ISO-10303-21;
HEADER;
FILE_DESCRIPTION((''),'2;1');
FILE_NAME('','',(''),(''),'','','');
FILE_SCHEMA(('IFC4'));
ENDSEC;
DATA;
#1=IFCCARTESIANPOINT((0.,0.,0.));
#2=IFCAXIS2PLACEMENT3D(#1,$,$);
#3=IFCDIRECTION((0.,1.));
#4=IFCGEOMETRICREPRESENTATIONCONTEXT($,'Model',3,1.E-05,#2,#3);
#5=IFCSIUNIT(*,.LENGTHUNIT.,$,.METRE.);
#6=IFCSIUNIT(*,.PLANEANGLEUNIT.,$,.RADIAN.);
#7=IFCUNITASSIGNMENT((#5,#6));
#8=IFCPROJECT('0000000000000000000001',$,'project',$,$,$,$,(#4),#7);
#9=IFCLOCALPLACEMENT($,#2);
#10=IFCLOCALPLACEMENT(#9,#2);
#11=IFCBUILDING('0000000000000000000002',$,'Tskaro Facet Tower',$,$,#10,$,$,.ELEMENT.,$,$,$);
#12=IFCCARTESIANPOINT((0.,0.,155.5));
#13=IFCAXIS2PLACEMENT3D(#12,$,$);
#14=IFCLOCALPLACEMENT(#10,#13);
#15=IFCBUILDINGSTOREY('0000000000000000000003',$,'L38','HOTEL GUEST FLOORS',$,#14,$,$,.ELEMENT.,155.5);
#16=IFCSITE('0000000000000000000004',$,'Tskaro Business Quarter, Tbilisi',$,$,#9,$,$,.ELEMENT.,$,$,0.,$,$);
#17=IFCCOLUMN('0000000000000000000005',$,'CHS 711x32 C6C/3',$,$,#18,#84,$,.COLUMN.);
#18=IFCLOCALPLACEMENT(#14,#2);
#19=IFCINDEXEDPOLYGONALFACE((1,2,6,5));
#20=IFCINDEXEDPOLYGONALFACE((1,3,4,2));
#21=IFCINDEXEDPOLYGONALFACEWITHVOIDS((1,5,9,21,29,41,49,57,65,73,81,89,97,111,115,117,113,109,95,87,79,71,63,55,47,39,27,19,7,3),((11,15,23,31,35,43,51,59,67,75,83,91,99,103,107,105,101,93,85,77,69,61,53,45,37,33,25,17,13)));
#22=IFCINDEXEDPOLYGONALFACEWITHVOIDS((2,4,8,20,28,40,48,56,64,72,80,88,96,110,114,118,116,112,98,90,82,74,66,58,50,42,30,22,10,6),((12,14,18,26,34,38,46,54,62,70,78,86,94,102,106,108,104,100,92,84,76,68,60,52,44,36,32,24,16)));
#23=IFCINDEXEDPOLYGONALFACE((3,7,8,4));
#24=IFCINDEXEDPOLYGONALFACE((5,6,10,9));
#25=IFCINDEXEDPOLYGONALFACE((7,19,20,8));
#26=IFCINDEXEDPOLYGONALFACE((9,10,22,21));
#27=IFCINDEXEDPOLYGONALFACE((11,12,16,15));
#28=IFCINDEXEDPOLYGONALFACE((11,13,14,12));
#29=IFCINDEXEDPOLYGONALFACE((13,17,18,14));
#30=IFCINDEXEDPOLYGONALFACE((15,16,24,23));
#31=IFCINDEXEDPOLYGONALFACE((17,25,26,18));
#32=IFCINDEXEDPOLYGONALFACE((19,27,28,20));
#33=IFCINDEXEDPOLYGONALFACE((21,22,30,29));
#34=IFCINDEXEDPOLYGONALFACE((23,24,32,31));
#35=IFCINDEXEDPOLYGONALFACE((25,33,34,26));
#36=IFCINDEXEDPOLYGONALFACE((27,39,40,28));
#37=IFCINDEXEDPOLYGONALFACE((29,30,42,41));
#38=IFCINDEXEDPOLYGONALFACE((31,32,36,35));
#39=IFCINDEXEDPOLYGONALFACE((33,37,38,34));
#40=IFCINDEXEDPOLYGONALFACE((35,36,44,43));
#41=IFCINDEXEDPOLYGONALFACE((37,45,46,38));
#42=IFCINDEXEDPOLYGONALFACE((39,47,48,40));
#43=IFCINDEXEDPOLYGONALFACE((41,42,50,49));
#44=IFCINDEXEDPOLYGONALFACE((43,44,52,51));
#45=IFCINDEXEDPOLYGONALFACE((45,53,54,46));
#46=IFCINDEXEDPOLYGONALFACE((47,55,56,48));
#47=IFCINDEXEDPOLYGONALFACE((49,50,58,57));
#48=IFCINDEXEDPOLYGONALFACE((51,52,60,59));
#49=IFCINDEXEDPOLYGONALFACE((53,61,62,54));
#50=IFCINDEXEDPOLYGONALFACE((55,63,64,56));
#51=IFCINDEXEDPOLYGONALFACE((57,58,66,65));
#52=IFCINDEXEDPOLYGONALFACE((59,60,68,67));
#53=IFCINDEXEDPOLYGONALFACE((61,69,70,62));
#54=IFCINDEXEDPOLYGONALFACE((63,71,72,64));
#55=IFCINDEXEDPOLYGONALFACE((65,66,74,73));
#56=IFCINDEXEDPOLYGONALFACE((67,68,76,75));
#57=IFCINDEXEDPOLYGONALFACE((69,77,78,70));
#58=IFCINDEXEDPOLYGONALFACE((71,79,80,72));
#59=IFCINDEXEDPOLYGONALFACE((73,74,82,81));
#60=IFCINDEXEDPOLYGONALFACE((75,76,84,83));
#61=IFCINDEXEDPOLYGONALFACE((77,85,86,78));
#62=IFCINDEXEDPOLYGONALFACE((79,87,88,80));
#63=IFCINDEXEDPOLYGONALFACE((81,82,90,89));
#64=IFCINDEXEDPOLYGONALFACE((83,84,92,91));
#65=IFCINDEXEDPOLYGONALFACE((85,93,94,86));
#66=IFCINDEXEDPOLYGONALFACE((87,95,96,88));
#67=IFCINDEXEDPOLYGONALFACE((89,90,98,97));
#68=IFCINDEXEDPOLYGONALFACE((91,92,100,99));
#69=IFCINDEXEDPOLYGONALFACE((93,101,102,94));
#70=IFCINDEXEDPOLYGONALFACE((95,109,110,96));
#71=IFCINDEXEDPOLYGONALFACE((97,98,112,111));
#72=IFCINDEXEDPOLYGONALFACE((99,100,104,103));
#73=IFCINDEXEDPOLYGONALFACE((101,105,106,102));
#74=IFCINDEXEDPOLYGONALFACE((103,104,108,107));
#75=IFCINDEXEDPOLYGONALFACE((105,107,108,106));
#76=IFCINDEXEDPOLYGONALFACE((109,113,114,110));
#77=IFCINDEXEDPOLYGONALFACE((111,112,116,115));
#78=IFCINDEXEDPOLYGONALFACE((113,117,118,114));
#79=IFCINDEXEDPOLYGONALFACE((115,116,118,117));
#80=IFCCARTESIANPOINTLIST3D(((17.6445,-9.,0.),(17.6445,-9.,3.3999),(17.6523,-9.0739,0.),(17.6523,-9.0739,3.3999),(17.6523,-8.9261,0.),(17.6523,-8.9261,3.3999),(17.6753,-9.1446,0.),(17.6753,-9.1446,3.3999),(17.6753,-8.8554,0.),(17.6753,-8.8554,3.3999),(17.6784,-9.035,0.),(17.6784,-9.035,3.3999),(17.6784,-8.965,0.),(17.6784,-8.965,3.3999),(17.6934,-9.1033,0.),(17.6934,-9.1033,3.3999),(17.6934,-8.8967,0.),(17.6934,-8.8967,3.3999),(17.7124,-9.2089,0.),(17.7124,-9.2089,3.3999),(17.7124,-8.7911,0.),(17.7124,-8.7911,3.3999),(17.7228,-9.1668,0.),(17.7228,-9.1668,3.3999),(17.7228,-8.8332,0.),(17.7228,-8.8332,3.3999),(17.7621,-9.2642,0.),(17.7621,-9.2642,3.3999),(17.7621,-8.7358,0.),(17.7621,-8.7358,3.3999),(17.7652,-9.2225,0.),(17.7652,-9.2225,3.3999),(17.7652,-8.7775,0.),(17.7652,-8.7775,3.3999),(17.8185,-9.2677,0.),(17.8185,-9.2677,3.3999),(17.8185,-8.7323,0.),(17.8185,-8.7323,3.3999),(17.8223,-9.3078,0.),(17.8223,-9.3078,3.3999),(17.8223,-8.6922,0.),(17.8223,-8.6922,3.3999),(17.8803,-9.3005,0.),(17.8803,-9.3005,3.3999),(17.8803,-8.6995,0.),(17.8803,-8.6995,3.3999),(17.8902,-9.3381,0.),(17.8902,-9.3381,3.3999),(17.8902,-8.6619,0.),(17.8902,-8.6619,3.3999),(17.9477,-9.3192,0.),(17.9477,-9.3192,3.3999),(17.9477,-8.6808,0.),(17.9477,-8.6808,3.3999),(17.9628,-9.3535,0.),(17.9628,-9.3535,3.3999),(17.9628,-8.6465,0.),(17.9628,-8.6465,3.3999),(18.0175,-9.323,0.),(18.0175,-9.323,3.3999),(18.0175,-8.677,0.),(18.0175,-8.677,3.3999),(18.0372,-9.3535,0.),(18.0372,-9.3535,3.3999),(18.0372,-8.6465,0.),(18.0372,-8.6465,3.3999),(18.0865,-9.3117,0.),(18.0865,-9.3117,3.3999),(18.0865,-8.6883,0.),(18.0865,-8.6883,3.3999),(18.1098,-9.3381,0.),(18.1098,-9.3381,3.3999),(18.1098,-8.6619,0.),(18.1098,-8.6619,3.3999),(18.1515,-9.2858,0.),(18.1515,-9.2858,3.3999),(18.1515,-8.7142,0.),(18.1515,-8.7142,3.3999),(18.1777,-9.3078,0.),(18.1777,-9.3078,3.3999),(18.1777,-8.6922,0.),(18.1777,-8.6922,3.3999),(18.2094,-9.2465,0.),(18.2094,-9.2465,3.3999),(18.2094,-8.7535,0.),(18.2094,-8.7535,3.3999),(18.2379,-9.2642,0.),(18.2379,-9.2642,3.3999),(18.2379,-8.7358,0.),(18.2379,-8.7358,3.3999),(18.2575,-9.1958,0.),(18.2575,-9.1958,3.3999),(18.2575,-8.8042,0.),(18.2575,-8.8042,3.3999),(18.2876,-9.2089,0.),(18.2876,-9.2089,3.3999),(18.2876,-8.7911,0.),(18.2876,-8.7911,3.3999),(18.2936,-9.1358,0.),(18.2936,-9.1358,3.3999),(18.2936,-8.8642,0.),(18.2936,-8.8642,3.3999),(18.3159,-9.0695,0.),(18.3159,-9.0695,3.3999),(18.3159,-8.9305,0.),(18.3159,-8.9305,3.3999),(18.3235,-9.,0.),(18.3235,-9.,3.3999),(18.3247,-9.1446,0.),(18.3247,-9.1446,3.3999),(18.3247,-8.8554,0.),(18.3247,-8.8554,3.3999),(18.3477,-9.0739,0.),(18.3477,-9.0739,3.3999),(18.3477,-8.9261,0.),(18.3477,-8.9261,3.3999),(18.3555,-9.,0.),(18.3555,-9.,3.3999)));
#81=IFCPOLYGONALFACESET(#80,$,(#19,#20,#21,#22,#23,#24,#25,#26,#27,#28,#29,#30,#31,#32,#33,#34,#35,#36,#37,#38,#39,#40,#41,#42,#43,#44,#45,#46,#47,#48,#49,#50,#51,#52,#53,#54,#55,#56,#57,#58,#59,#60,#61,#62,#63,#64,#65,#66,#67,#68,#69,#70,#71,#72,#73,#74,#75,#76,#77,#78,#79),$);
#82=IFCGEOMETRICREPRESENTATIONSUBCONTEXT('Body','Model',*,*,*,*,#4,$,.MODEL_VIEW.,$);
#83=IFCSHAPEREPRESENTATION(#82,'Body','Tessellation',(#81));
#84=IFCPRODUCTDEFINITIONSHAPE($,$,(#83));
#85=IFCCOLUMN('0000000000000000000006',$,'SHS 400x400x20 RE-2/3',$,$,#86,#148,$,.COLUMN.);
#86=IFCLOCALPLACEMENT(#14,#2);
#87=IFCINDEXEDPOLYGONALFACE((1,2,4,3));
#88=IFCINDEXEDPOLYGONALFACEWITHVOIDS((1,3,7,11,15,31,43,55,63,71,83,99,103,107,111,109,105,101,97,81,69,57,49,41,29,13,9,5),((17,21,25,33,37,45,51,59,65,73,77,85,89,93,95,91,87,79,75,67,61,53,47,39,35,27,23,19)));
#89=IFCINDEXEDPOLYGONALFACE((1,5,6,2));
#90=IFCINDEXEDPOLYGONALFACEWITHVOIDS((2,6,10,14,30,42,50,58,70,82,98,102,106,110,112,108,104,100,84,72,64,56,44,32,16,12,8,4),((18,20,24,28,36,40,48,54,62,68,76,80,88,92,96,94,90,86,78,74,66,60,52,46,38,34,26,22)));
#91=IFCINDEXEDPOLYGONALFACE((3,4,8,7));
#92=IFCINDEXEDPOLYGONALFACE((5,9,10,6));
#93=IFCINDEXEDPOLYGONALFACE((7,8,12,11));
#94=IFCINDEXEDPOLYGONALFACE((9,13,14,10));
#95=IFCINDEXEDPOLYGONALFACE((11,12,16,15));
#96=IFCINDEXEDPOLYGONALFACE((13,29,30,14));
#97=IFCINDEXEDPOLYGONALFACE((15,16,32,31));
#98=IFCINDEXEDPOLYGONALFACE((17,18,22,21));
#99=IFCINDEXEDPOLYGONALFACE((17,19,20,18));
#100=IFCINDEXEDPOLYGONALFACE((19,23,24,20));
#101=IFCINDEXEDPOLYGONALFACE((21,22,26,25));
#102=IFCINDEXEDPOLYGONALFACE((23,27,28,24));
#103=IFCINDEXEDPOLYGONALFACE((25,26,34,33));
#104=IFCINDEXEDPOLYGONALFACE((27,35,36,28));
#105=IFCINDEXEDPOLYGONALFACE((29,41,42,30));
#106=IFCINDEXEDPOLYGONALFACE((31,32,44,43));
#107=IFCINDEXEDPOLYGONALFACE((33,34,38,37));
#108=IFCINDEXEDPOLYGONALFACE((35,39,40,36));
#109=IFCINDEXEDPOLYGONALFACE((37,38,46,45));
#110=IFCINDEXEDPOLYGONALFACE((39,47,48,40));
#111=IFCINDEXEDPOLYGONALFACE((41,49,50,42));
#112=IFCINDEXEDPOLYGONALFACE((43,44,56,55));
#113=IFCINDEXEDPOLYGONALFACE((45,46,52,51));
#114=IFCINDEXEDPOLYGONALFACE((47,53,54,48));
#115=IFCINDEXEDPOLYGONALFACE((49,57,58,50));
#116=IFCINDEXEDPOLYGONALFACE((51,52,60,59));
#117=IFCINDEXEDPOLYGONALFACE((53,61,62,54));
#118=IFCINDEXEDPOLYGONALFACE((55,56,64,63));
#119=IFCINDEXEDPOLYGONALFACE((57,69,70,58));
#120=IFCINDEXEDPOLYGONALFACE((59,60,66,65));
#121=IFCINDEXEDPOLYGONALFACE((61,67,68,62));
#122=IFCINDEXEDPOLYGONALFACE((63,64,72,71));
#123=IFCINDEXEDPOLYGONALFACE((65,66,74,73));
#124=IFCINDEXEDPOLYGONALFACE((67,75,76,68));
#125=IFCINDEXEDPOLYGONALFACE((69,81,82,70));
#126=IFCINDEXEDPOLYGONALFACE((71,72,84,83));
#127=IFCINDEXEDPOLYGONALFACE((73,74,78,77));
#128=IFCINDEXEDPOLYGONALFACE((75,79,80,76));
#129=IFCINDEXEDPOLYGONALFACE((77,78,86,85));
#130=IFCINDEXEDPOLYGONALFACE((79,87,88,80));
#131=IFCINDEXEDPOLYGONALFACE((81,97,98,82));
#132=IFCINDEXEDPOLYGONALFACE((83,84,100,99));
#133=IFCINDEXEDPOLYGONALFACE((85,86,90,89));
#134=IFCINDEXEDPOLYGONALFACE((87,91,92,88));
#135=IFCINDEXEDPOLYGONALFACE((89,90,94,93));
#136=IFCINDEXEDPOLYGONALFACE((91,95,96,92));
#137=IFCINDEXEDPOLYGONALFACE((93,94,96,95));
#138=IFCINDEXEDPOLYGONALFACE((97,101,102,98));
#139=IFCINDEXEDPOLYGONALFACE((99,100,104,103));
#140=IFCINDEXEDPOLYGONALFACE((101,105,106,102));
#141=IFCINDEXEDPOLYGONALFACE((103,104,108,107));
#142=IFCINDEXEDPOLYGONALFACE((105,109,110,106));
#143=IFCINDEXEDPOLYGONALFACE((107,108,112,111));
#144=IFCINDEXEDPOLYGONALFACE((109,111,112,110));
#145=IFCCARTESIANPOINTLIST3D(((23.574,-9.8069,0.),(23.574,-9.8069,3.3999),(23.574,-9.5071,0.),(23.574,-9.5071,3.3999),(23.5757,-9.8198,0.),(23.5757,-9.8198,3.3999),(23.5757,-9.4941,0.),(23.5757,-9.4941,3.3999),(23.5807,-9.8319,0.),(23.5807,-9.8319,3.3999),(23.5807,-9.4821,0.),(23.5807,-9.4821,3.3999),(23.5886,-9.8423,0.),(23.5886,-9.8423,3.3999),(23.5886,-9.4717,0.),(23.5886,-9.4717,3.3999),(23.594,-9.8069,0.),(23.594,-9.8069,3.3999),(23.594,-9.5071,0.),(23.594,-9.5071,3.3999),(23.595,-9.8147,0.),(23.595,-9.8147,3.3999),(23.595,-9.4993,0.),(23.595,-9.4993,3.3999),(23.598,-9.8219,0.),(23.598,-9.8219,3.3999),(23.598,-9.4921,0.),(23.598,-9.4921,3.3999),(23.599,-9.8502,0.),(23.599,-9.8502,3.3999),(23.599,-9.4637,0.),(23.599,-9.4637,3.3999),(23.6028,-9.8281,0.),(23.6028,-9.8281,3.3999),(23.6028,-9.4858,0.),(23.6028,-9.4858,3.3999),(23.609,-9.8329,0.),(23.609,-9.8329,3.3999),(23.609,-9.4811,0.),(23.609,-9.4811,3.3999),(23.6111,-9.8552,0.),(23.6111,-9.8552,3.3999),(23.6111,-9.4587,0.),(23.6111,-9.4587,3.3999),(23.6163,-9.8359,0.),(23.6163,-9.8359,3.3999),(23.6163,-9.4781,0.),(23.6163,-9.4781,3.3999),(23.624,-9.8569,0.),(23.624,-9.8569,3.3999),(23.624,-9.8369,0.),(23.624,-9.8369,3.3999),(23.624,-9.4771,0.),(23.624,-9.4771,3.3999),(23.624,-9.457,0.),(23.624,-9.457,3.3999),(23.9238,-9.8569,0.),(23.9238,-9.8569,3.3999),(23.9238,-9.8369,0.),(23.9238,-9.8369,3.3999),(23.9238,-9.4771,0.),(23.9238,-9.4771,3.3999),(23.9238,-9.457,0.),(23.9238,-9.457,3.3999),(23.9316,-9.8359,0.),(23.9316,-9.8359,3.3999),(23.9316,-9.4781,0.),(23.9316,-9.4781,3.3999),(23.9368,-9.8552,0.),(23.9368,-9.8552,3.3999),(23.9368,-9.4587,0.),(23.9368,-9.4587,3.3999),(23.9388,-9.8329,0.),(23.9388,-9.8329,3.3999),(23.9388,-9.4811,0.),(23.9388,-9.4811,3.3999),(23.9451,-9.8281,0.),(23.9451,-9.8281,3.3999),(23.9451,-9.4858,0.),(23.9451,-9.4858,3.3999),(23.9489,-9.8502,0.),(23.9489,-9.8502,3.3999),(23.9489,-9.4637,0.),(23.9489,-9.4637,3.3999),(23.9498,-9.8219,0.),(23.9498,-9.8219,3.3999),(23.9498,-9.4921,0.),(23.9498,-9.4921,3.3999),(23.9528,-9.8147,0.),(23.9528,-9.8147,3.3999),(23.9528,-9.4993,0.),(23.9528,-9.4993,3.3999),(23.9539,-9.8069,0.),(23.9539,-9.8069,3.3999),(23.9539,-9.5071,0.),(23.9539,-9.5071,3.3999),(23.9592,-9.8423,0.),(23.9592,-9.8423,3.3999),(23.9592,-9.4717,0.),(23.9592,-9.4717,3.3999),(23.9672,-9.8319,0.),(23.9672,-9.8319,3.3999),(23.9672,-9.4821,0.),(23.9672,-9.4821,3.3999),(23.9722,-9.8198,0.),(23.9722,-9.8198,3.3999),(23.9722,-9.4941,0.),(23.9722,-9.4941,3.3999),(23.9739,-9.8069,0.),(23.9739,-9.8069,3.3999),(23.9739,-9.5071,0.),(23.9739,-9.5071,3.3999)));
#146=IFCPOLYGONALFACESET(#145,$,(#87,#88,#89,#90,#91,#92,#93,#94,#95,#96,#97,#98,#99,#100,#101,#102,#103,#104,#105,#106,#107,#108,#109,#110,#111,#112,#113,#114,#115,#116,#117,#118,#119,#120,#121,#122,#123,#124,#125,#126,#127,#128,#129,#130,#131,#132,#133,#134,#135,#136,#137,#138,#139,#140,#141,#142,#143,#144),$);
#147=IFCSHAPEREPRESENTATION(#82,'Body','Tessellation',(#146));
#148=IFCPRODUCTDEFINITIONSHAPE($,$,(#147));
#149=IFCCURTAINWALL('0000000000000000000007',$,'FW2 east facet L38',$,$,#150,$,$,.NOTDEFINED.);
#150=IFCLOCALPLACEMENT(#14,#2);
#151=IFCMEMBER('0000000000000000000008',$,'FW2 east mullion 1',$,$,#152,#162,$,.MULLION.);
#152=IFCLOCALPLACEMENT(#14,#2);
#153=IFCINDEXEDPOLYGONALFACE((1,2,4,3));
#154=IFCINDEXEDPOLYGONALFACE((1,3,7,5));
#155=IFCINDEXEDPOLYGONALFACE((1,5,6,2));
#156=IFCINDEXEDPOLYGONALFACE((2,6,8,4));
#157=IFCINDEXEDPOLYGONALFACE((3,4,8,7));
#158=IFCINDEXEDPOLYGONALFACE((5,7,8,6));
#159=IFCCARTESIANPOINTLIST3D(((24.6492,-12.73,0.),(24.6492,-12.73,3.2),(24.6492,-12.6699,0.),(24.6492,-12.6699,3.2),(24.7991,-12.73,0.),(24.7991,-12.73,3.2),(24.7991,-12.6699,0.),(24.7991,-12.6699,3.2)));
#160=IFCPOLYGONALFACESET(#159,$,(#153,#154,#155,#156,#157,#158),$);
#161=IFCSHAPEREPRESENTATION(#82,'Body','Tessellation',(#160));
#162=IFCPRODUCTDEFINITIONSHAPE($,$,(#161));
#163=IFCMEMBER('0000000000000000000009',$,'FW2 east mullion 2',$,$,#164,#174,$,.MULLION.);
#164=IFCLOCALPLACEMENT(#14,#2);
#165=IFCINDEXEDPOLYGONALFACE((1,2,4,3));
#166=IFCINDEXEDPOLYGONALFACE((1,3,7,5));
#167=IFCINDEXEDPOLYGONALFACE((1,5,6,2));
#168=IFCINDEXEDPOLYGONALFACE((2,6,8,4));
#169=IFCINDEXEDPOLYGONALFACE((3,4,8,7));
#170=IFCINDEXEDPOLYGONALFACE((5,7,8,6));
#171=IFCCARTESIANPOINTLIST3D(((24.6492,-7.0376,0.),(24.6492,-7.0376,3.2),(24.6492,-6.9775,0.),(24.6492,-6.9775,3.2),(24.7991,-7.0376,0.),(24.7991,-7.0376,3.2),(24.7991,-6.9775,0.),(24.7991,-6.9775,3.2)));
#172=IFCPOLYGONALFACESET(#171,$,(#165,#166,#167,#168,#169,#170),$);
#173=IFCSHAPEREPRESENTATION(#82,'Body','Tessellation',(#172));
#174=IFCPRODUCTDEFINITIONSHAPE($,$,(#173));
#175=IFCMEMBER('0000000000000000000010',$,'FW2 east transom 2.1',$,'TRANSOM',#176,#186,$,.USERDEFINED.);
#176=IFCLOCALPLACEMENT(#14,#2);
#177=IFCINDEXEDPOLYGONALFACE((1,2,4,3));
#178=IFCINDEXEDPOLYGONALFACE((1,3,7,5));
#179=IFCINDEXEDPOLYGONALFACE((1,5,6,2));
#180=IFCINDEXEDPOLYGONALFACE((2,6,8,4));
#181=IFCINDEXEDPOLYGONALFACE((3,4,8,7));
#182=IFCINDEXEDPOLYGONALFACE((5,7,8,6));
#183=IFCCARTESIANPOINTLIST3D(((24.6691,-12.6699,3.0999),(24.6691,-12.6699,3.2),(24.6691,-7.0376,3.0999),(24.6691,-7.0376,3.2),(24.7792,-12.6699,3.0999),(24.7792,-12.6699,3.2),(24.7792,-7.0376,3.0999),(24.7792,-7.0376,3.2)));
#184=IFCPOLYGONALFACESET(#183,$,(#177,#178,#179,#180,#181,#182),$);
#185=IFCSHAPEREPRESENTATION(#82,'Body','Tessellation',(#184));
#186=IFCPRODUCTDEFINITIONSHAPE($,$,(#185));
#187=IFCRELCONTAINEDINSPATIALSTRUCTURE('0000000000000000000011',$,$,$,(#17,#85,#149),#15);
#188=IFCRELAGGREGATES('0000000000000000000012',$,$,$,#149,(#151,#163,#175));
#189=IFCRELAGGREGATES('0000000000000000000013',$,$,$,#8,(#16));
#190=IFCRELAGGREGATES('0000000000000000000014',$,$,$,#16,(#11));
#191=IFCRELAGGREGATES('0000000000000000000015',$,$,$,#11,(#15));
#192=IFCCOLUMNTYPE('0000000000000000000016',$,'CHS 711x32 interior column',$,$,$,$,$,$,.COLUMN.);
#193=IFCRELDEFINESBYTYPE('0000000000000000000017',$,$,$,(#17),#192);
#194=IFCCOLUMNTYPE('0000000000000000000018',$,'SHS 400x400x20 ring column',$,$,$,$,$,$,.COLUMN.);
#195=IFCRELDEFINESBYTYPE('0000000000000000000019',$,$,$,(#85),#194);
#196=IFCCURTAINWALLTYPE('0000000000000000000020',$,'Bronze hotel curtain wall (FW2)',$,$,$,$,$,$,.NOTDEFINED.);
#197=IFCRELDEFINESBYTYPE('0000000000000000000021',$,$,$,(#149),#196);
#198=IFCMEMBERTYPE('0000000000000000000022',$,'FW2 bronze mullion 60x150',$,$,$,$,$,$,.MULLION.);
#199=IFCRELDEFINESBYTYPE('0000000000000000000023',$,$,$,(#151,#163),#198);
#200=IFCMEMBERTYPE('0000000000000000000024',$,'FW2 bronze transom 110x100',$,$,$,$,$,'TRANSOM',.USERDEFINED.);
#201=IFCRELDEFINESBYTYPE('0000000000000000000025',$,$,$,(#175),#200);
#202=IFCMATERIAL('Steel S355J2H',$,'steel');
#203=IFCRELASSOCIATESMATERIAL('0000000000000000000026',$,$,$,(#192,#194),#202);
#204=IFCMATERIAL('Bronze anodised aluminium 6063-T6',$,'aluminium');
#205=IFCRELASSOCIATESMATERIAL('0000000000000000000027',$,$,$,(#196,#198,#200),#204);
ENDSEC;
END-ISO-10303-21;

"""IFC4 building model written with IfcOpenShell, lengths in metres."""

from ifc_helpers import new_model, si_unit, direction, frame, origin, origin_2d, place, context, subcontext, project, spatial, rectangle, hollow_rectangle, hollow_circle, extrude, material, material_profile, profile_set, type_object, element, aggregate, save


model = new_model("IFC4")

# Units and contexts
model_context = context("Model", 3, precision=1e-05, world=origin(), true_north=direction((0.0, 1.0)))
body_context = subcontext(model_context, "Body", "Model", "MODEL_VIEW")
ifc_project = project(units=[si_unit("LENGTHUNIT", "METRE"), si_unit("PLANEANGLEUNIT", "RADIAN")], contexts=[model_context])

# Site, building, storey
site_placement = place(None, origin())
site = spatial("IfcSite", under=ifc_project, at=site_placement, Name="Tskaro Business Quarter, Tbilisi", CompositionType="ELEMENT", RefElevation=0.0)
building_placement = place(site_placement, origin())
building = spatial("IfcBuilding", under=site, at=building_placement, Name="Tskaro Facet Tower", CompositionType="ELEMENT")
storey_placement = place(building_placement, frame((0.0, 0.0, 155.5)))
storey = spatial("IfcBuildingStorey", under=building, at=storey_placement, Name="L38", Description="HOTEL GUEST FLOORS", CompositionType="ELEMENT", Elevation=155.5)

# Columns
ifc_material_1 = material(Name="Steel S355J2H", Category="steel")
ifc_material_profile_1 = material_profile(ifc_material_1, hollow_circle(Radius=0.3555, WallThickness=0.032, at=origin_2d()), Name="CHS 711x32")
ifc_profile_set_1 = profile_set([ifc_material_profile_1], Name="Steel S355J2H")
column_type_1 = type_object("IfcColumnType", Name="CHS 711x32 interior column", PredefinedType="COLUMN", material=ifc_profile_set_1)
column_1_placement = place(storey_placement, frame((18.0, -9.0, 0.0), z_axis=(0.0, 0.0, 1.0), x_axis=(1.0, 0.0, 0.0)))
element("IfcColumn", 1, at=column_1_placement, inside=storey, type_object=column_type_1, Name="CHS 711x32 C6C/3", PredefinedType="COLUMN", context=body_context, shape_type="SweptSolid", body=[
    extrude(hollow_circle(Radius=0.3555, WallThickness=0.032, at=origin_2d()), origin(), (0.0, 0.0, 1.0), 3.3999),
])
ifc_material_profile_2 = material_profile(ifc_material_1, hollow_rectangle(XDim=0.3999, YDim=0.3999, WallThickness=0.02, InnerFilletRadius=0.03, OuterFilletRadius=0.05, at=origin_2d()), Name="SHS 400x400x20")
ifc_profile_set_2 = profile_set([ifc_material_profile_2], Name="Steel S355J2H")
column_type_2 = type_object("IfcColumnType", Name="SHS 400x400x20 ring column", PredefinedType="COLUMN", material=ifc_profile_set_2)
column_2_placement = place(storey_placement, frame((23.7739, -9.657, 0.0), z_axis=(0.0, 0.0, 1.0), x_axis=(1.0, 0.0, 0.0)))
element("IfcColumn", 2, at=column_2_placement, inside=storey, type_object=column_type_2, Name="SHS 400x400x20 RE-2/3", PredefinedType="COLUMN", context=body_context, shape_type="SweptSolid", body=[
    extrude(hollow_rectangle(XDim=0.3999, YDim=0.3999, WallThickness=0.02, InnerFilletRadius=0.03, OuterFilletRadius=0.05, at=origin_2d()), origin(), (0.0, 0.0, 1.0), 3.3999),
])

# Curtain wall, members
ifc_material_2 = material(Name="Bronze anodised aluminium 6063-T6", Category="aluminium")
curtain_wall_type = type_object("IfcCurtainWallType", Name="Bronze hotel curtain wall (FW2)", PredefinedType="NOTDEFINED", material=ifc_material_2)
curtain_wall_placement = place(storey_placement, origin())
curtain_wall = element("IfcCurtainWall", 3, at=curtain_wall_placement, inside=storey, type_object=curtain_wall_type, Name="FW2 east facet L38", PredefinedType="NOTDEFINED")
ifc_material_profile_3 = material_profile(ifc_material_2, rectangle(XDim=0.0601, YDim=0.1499, at=origin_2d()), Name="Mullion 60x150")
ifc_profile_set_3 = profile_set([ifc_material_profile_3], Name="Bronze anodised aluminium 6063-T6")
member_type_1 = type_object("IfcMemberType", Name="FW2 bronze mullion 60x150", PredefinedType="MULLION", material=ifc_profile_set_3)
member_1_placement = place(storey_placement, frame((24.7241, -12.7, 0.0), z_axis=(0.0, 0.0, 1.0), x_axis=(0.0, 1.0, 0.0)))
member_1 = element("IfcMember", 4, at=member_1_placement, type_object=member_type_1, Name="FW2 east mullion 1", PredefinedType="MULLION", context=body_context, shape_type="SweptSolid", body=[
    extrude(rectangle(XDim=0.0601, YDim=0.1499, at=origin_2d()), origin(), (0.0, 0.0, 1.0), 3.2),
])
member_2_placement = place(storey_placement, frame((24.7241, -7.0076, 0.0), z_axis=(0.0, 0.0, 1.0), x_axis=(0.0, 1.0, 0.0)))
member_2 = element("IfcMember", 5, at=member_2_placement, type_object=member_type_1, Name="FW2 east mullion 2", PredefinedType="MULLION", context=body_context, shape_type="SweptSolid", body=[
    extrude(rectangle(XDim=0.0601, YDim=0.1499, at=origin_2d()), origin(), (0.0, 0.0, 1.0), 3.2),
])
ifc_material_profile_4 = material_profile(ifc_material_2, rectangle(XDim=0.1101, YDim=0.1001, at=origin_2d()), Name="Transom 110x100")
ifc_profile_set_4 = profile_set([ifc_material_profile_4], Name="Bronze anodised aluminium 6063-T6")
member_type_2 = type_object("IfcMemberType", Name="FW2 bronze transom 110x100", ElementType="TRANSOM", PredefinedType="USERDEFINED", material=ifc_profile_set_4)
member_3_placement = place(storey_placement, frame((24.7241, -12.6699, 3.1499), z_axis=(0.0, 1.0, 0.0), x_axis=(-1.0, 0.0, 0.0)))
member_3 = element("IfcMember", 6, at=member_3_placement, type_object=member_type_2, Name="FW2 east transom 2.1", ObjectType="TRANSOM", PredefinedType="USERDEFINED", context=body_context, shape_type="SweptSolid", body=[
    extrude(rectangle(XDim=0.1101, YDim=0.1001, at=origin_2d()), origin(), (0.0, 0.0, 1.0), 5.6323),
])

aggregate(curtain_wall, [member_1, member_2, member_3])

save(model, "model.ifc")
